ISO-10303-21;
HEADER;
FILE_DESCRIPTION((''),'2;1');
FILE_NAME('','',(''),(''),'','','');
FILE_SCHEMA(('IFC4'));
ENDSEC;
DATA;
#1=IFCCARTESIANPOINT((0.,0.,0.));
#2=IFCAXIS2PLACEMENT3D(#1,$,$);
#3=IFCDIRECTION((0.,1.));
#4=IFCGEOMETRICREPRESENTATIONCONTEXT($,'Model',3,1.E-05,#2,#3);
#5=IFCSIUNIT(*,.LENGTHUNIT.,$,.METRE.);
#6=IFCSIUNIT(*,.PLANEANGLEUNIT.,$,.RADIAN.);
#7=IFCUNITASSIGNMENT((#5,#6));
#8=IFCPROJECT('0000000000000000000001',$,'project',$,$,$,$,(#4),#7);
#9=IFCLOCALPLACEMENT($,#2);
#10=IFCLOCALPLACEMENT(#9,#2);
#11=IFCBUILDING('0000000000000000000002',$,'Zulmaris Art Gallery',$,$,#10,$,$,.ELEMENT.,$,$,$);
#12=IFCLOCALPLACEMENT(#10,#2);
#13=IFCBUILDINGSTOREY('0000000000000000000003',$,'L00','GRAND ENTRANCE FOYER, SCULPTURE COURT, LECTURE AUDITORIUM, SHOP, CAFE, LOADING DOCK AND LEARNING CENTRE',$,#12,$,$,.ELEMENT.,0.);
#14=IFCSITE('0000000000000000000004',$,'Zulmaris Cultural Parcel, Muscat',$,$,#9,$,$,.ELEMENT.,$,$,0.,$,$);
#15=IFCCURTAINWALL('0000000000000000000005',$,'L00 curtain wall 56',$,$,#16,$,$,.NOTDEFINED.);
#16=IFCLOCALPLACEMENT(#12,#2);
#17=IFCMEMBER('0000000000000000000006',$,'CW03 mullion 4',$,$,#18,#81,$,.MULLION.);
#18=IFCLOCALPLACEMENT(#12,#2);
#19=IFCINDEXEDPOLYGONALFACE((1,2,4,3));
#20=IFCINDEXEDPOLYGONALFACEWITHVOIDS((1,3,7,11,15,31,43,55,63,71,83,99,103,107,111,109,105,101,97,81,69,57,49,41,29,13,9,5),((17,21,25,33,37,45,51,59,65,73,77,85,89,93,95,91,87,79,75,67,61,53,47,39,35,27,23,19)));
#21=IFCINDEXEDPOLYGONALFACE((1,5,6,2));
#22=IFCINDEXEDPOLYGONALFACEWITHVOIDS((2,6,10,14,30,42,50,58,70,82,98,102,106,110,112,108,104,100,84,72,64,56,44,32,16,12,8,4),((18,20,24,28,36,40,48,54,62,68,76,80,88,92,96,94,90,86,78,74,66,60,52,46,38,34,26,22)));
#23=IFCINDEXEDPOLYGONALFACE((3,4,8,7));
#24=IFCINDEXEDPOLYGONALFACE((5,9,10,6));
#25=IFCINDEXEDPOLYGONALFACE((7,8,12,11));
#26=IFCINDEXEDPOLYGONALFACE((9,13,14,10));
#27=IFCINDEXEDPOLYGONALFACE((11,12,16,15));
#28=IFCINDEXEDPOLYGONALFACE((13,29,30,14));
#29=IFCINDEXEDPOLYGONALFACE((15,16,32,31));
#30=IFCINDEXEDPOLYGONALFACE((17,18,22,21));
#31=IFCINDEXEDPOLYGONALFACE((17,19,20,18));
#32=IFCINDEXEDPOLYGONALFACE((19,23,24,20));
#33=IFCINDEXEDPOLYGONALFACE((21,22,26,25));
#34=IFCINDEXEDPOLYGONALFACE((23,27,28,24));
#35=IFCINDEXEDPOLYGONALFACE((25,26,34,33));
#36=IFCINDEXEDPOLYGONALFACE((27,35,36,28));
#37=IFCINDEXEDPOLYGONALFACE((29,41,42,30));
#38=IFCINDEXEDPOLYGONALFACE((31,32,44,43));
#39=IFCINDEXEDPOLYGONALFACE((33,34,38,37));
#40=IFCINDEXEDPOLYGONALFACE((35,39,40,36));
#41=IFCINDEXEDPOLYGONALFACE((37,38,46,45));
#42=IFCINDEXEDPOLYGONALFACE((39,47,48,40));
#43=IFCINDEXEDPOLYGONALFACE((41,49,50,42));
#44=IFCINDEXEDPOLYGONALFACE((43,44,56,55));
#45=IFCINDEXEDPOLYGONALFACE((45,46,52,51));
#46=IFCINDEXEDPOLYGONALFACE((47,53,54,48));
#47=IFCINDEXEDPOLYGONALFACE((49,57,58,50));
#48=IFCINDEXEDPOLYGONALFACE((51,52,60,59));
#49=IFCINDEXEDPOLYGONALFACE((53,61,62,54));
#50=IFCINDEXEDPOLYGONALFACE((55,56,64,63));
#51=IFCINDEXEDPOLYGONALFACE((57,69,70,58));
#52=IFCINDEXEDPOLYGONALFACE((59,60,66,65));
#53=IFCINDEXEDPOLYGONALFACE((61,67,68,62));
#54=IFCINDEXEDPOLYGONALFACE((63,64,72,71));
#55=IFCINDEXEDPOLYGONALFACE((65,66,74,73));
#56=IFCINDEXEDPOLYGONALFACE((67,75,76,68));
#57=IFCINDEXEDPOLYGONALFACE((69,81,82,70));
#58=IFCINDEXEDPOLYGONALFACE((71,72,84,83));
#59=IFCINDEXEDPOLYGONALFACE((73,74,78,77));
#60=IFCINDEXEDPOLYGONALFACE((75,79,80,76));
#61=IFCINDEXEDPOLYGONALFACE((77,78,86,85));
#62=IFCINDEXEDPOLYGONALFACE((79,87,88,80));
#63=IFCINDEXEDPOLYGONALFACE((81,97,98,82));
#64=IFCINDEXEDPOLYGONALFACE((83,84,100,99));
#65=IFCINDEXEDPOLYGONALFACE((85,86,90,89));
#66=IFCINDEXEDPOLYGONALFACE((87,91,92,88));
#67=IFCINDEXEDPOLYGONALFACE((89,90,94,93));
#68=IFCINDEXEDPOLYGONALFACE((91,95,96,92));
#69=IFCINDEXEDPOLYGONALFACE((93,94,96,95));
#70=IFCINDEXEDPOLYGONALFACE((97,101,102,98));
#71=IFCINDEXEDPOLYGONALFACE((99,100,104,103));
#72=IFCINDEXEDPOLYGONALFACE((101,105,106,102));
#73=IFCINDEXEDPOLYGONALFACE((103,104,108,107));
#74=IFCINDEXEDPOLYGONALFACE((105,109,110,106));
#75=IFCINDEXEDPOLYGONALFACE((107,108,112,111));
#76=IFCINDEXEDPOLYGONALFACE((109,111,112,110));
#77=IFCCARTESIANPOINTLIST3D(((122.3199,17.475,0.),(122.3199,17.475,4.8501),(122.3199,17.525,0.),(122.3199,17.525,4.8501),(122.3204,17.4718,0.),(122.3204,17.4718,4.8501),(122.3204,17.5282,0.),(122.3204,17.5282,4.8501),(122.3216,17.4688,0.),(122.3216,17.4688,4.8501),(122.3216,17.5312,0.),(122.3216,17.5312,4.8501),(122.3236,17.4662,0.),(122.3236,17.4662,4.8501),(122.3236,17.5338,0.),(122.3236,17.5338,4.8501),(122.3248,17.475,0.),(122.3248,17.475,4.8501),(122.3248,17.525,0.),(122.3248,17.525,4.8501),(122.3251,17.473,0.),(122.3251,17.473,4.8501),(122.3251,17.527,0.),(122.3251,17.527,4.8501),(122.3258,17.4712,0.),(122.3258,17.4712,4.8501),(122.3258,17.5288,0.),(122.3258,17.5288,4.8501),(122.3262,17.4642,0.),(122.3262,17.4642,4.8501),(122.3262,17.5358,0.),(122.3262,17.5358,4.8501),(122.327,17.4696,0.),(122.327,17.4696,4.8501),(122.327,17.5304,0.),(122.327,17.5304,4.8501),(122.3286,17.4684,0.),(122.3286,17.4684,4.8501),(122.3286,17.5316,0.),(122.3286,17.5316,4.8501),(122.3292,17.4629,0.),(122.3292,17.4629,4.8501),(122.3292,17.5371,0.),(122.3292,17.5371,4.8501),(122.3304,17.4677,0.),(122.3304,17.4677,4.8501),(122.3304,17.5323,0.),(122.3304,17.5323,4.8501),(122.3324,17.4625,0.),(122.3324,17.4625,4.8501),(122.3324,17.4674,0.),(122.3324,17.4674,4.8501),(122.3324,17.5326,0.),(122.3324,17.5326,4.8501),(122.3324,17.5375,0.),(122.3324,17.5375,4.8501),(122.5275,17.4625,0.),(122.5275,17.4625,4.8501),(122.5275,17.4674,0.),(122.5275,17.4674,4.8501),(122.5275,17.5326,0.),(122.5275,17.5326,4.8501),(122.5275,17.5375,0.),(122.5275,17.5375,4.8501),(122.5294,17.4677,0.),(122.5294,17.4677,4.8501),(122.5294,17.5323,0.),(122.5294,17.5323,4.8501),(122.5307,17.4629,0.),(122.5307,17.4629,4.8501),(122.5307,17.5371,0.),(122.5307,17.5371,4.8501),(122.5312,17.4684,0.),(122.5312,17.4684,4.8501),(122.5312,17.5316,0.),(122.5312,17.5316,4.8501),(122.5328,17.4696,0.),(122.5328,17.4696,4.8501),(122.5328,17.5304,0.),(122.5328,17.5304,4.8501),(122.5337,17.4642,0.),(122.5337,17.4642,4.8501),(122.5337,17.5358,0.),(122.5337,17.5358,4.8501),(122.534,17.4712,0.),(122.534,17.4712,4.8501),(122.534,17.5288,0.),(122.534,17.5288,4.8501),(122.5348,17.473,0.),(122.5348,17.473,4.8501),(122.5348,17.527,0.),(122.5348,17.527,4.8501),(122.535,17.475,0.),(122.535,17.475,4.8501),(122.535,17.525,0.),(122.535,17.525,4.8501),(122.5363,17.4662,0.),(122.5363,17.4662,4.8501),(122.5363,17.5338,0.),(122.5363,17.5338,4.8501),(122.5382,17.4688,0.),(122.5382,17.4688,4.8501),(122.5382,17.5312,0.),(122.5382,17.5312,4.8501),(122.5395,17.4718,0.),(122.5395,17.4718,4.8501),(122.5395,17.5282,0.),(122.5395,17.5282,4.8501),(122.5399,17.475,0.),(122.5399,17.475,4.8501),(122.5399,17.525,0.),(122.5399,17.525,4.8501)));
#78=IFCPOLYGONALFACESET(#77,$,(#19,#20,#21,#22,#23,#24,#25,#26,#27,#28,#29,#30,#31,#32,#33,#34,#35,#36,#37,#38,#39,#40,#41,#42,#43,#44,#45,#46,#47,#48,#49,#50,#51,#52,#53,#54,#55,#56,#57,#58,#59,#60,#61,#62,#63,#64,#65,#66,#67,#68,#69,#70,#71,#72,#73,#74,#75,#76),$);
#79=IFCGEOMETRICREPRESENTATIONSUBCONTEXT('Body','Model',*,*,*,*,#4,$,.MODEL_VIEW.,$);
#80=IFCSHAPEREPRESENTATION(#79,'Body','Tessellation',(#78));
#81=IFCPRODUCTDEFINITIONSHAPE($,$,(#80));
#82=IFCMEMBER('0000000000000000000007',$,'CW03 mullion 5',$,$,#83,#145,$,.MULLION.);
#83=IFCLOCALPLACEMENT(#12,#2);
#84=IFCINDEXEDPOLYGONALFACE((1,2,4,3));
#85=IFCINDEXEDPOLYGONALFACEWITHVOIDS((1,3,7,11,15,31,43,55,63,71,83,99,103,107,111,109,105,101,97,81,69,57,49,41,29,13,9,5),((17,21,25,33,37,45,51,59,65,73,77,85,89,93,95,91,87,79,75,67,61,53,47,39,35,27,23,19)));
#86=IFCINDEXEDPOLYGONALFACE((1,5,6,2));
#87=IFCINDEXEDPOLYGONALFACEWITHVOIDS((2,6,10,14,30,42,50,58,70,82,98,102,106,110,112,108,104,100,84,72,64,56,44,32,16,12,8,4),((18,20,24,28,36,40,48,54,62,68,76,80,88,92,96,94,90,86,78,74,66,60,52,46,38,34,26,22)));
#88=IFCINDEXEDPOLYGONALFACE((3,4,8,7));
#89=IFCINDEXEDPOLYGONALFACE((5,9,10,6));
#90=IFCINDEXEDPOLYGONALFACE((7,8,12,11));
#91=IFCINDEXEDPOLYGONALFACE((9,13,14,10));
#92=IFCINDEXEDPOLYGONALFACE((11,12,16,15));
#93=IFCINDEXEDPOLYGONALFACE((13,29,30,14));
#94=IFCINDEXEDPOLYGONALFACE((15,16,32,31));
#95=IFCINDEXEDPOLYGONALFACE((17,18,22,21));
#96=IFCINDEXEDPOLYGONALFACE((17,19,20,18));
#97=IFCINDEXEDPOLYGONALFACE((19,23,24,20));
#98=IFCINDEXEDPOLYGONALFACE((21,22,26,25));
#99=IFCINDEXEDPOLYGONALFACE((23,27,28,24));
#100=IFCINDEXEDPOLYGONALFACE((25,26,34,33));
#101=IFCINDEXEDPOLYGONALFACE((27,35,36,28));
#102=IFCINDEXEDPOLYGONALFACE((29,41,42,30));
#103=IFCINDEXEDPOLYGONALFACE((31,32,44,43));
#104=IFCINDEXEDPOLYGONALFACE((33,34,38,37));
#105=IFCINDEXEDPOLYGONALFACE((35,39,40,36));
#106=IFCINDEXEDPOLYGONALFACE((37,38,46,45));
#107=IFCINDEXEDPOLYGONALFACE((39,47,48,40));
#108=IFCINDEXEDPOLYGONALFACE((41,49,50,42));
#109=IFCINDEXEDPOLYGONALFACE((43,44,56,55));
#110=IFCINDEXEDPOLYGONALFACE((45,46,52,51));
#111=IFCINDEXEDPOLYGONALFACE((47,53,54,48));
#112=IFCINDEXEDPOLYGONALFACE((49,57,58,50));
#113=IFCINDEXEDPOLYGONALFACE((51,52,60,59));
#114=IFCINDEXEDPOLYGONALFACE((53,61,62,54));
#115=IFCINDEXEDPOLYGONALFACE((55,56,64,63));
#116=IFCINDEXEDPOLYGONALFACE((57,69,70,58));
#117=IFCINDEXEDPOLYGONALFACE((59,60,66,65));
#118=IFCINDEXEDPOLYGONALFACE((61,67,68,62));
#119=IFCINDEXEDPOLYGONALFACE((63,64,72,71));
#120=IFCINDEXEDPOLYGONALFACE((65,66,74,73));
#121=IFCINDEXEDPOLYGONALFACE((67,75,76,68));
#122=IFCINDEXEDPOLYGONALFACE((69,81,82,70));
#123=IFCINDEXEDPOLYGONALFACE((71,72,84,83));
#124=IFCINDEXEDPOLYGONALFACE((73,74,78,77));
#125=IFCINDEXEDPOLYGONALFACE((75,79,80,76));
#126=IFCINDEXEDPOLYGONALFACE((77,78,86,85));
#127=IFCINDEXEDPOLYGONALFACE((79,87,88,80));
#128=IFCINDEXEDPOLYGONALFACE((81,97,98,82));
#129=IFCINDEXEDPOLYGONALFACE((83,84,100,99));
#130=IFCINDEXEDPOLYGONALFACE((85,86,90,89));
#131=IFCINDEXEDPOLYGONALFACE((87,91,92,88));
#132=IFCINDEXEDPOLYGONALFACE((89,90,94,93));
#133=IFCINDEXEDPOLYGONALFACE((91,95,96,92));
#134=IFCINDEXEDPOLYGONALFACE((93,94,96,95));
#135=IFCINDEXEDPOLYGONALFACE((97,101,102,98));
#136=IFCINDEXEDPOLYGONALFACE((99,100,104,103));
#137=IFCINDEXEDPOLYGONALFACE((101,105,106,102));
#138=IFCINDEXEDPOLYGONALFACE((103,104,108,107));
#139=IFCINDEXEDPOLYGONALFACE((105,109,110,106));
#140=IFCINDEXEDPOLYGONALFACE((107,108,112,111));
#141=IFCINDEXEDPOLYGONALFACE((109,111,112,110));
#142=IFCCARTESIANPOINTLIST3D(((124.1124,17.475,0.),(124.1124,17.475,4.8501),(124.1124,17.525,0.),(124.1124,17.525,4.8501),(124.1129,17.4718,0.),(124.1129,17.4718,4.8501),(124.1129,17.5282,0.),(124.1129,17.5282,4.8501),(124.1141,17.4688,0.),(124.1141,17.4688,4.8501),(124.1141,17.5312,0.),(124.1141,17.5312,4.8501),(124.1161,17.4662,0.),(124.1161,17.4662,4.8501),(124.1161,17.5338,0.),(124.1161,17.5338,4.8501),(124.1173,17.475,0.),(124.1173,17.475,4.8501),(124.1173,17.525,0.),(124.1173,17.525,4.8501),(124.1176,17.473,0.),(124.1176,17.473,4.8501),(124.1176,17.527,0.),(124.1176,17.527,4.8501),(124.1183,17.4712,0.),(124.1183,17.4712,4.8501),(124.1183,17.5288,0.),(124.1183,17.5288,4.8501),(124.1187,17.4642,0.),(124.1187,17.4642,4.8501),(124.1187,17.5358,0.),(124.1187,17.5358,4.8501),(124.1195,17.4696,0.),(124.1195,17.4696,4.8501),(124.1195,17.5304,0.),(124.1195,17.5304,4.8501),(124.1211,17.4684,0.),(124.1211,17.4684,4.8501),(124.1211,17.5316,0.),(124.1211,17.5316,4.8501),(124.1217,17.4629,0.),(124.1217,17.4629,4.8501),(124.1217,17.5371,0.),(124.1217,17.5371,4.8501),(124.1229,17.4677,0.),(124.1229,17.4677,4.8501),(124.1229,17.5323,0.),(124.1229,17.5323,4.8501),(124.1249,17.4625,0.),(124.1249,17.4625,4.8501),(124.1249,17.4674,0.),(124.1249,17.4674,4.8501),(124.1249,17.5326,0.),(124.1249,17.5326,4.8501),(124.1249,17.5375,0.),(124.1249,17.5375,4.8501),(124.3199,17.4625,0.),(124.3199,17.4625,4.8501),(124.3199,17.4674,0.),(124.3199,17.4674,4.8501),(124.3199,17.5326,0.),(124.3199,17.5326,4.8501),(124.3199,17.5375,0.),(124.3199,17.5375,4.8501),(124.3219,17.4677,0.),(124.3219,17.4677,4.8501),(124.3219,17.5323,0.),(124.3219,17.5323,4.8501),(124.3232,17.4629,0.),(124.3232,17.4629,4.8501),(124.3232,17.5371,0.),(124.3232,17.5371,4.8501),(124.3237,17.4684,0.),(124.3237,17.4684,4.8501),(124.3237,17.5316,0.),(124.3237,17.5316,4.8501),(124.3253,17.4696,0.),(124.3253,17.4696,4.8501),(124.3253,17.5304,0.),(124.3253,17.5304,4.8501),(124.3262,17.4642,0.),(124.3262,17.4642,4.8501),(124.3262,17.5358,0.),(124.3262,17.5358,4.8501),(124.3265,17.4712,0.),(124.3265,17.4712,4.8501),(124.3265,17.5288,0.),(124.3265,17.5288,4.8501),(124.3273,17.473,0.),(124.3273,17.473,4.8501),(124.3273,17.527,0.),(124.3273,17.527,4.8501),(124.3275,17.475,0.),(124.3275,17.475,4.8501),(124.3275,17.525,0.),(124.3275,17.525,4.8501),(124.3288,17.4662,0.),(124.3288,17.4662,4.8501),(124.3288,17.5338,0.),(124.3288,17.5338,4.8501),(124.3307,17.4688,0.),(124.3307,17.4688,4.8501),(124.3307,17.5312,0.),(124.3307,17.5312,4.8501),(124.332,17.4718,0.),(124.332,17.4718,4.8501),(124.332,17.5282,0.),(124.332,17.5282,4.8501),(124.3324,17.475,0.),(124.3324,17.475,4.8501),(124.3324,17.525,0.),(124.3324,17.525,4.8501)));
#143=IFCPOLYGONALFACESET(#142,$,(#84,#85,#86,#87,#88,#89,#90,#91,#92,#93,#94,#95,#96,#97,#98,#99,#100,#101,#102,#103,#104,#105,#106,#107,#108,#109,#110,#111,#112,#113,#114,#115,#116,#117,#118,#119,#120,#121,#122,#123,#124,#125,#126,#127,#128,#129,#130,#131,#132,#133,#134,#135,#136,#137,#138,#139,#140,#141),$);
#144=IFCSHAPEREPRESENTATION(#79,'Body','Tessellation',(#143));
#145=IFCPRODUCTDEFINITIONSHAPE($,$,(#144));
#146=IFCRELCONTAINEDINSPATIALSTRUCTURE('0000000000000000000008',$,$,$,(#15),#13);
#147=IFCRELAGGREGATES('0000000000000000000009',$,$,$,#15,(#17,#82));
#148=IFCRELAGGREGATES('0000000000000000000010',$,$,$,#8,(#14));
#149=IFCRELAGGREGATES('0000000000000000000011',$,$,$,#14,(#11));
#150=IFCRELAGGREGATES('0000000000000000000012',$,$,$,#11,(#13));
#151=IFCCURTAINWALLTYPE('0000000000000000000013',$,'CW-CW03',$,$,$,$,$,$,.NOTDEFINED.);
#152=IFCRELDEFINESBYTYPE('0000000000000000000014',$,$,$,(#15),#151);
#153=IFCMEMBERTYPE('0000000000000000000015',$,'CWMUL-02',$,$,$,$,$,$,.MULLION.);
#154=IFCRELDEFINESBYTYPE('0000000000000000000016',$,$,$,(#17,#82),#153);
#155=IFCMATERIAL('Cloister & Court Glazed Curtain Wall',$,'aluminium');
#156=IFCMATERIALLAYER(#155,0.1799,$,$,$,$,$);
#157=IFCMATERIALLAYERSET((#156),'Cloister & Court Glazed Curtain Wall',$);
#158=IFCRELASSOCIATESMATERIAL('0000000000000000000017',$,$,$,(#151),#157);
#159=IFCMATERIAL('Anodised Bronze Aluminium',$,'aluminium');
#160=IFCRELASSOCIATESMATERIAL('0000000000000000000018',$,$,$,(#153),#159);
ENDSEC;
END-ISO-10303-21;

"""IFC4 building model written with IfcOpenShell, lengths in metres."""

from ifc_helpers import new_model, si_unit, direction, frame, origin, origin_2d, place, context, subcontext, project, spatial, hollow_rectangle, extrude, material, layer, layer_set, material_profile, profile_set, type_object, element, aggregate, save


model = new_model("IFC4")

# Units and contexts
model_context = context("Model", 3, precision=1e-05, world=origin(), true_north=direction((0.0, 1.0)))
body_context = subcontext(model_context, "Body", "Model", "MODEL_VIEW")
ifc_project = project(units=[si_unit("LENGTHUNIT", "METRE"), si_unit("PLANEANGLEUNIT", "RADIAN")], contexts=[model_context])

# Site, building, storey
site_placement = place(None, origin())
site = spatial("IfcSite", under=ifc_project, at=site_placement, Name="Zulmaris Cultural Parcel, Muscat", CompositionType="ELEMENT", RefElevation=0.0)
building_placement = place(site_placement, origin())
building = spatial("IfcBuilding", under=site, at=building_placement, Name="Zulmaris Art Gallery", CompositionType="ELEMENT")
storey_placement = place(building_placement, origin())
storey = spatial("IfcBuildingStorey", under=building, at=storey_placement, Name="L00", Description="GRAND ENTRANCE FOYER, SCULPTURE COURT, LECTURE AUDITORIUM, SHOP, CAFE, LOADING DOCK AND LEARNING CENTRE", CompositionType="ELEMENT", Elevation=0.0)

# Curtain wall, members
ifc_material_1 = material(Name="Cloister & Court Glazed Curtain Wall", Category="aluminium")
ifc_layer_1 = layer(ifc_material_1, 0.1799)
ifc_layer_set_1 = layer_set([ifc_layer_1], Name="Cloister & Court Glazed Curtain Wall")
curtain_wall_type = type_object("IfcCurtainWallType", Name="CW-CW03", PredefinedType="NOTDEFINED", material=ifc_layer_set_1)
curtain_wall_placement = place(storey_placement, origin())
curtain_wall = element("IfcCurtainWall", 1, at=curtain_wall_placement, inside=storey, type_object=curtain_wall_type, Name="L00 curtain wall 56", PredefinedType="NOTDEFINED")
ifc_material_2 = material(Name="Anodised Bronze Aluminium", Category="aluminium")
ifc_material_profile_1 = material_profile(ifc_material_2, hollow_rectangle(XDim=0.075, YDim=0.22, WallThickness=0.0049, InnerFilletRadius=0.0076, OuterFilletRadius=0.0125, at=origin_2d()), Name="ALU 75x220x5")
ifc_profile_set_1 = profile_set([ifc_material_profile_1], Name="Anodised Bronze Aluminium")
member_type_1 = type_object("IfcMemberType", Name="CWMUL-02", PredefinedType="MULLION", material=ifc_profile_set_1)
member_1_placement = place(storey_placement, frame((122.4299, 17.5, 0.0), z_axis=(0.0, 0.0, 1.0), x_axis=(0.0, 1.0, 0.0)))
member_1 = element("IfcMember", 2, at=member_1_placement, type_object=member_type_1, Name="CW03 mullion 4", PredefinedType="MULLION", context=body_context, shape_type="SweptSolid", body=[
    extrude(hollow_rectangle(XDim=0.075, YDim=0.22, WallThickness=0.0049, InnerFilletRadius=0.0076, OuterFilletRadius=0.0125, at=origin_2d()), origin(), (0.0, 0.0, 1.0), 4.8501),
])
member_2_placement = place(storey_placement, frame((124.2224, 17.5, 0.0), z_axis=(0.0, 0.0, 1.0), x_axis=(0.0, 1.0, 0.0)))
member_2 = element("IfcMember", 3, at=member_2_placement, type_object=member_type_1, Name="CW03 mullion 5", PredefinedType="MULLION", context=body_context, shape_type="SweptSolid", body=[
    extrude(hollow_rectangle(XDim=0.075, YDim=0.22, WallThickness=0.0049, InnerFilletRadius=0.0076, OuterFilletRadius=0.0125, at=origin_2d()), origin(), (0.0, 0.0, 1.0), 4.8501),
])
aggregate(curtain_wall, [member_1, member_2])

save(model, "model.ifc")
